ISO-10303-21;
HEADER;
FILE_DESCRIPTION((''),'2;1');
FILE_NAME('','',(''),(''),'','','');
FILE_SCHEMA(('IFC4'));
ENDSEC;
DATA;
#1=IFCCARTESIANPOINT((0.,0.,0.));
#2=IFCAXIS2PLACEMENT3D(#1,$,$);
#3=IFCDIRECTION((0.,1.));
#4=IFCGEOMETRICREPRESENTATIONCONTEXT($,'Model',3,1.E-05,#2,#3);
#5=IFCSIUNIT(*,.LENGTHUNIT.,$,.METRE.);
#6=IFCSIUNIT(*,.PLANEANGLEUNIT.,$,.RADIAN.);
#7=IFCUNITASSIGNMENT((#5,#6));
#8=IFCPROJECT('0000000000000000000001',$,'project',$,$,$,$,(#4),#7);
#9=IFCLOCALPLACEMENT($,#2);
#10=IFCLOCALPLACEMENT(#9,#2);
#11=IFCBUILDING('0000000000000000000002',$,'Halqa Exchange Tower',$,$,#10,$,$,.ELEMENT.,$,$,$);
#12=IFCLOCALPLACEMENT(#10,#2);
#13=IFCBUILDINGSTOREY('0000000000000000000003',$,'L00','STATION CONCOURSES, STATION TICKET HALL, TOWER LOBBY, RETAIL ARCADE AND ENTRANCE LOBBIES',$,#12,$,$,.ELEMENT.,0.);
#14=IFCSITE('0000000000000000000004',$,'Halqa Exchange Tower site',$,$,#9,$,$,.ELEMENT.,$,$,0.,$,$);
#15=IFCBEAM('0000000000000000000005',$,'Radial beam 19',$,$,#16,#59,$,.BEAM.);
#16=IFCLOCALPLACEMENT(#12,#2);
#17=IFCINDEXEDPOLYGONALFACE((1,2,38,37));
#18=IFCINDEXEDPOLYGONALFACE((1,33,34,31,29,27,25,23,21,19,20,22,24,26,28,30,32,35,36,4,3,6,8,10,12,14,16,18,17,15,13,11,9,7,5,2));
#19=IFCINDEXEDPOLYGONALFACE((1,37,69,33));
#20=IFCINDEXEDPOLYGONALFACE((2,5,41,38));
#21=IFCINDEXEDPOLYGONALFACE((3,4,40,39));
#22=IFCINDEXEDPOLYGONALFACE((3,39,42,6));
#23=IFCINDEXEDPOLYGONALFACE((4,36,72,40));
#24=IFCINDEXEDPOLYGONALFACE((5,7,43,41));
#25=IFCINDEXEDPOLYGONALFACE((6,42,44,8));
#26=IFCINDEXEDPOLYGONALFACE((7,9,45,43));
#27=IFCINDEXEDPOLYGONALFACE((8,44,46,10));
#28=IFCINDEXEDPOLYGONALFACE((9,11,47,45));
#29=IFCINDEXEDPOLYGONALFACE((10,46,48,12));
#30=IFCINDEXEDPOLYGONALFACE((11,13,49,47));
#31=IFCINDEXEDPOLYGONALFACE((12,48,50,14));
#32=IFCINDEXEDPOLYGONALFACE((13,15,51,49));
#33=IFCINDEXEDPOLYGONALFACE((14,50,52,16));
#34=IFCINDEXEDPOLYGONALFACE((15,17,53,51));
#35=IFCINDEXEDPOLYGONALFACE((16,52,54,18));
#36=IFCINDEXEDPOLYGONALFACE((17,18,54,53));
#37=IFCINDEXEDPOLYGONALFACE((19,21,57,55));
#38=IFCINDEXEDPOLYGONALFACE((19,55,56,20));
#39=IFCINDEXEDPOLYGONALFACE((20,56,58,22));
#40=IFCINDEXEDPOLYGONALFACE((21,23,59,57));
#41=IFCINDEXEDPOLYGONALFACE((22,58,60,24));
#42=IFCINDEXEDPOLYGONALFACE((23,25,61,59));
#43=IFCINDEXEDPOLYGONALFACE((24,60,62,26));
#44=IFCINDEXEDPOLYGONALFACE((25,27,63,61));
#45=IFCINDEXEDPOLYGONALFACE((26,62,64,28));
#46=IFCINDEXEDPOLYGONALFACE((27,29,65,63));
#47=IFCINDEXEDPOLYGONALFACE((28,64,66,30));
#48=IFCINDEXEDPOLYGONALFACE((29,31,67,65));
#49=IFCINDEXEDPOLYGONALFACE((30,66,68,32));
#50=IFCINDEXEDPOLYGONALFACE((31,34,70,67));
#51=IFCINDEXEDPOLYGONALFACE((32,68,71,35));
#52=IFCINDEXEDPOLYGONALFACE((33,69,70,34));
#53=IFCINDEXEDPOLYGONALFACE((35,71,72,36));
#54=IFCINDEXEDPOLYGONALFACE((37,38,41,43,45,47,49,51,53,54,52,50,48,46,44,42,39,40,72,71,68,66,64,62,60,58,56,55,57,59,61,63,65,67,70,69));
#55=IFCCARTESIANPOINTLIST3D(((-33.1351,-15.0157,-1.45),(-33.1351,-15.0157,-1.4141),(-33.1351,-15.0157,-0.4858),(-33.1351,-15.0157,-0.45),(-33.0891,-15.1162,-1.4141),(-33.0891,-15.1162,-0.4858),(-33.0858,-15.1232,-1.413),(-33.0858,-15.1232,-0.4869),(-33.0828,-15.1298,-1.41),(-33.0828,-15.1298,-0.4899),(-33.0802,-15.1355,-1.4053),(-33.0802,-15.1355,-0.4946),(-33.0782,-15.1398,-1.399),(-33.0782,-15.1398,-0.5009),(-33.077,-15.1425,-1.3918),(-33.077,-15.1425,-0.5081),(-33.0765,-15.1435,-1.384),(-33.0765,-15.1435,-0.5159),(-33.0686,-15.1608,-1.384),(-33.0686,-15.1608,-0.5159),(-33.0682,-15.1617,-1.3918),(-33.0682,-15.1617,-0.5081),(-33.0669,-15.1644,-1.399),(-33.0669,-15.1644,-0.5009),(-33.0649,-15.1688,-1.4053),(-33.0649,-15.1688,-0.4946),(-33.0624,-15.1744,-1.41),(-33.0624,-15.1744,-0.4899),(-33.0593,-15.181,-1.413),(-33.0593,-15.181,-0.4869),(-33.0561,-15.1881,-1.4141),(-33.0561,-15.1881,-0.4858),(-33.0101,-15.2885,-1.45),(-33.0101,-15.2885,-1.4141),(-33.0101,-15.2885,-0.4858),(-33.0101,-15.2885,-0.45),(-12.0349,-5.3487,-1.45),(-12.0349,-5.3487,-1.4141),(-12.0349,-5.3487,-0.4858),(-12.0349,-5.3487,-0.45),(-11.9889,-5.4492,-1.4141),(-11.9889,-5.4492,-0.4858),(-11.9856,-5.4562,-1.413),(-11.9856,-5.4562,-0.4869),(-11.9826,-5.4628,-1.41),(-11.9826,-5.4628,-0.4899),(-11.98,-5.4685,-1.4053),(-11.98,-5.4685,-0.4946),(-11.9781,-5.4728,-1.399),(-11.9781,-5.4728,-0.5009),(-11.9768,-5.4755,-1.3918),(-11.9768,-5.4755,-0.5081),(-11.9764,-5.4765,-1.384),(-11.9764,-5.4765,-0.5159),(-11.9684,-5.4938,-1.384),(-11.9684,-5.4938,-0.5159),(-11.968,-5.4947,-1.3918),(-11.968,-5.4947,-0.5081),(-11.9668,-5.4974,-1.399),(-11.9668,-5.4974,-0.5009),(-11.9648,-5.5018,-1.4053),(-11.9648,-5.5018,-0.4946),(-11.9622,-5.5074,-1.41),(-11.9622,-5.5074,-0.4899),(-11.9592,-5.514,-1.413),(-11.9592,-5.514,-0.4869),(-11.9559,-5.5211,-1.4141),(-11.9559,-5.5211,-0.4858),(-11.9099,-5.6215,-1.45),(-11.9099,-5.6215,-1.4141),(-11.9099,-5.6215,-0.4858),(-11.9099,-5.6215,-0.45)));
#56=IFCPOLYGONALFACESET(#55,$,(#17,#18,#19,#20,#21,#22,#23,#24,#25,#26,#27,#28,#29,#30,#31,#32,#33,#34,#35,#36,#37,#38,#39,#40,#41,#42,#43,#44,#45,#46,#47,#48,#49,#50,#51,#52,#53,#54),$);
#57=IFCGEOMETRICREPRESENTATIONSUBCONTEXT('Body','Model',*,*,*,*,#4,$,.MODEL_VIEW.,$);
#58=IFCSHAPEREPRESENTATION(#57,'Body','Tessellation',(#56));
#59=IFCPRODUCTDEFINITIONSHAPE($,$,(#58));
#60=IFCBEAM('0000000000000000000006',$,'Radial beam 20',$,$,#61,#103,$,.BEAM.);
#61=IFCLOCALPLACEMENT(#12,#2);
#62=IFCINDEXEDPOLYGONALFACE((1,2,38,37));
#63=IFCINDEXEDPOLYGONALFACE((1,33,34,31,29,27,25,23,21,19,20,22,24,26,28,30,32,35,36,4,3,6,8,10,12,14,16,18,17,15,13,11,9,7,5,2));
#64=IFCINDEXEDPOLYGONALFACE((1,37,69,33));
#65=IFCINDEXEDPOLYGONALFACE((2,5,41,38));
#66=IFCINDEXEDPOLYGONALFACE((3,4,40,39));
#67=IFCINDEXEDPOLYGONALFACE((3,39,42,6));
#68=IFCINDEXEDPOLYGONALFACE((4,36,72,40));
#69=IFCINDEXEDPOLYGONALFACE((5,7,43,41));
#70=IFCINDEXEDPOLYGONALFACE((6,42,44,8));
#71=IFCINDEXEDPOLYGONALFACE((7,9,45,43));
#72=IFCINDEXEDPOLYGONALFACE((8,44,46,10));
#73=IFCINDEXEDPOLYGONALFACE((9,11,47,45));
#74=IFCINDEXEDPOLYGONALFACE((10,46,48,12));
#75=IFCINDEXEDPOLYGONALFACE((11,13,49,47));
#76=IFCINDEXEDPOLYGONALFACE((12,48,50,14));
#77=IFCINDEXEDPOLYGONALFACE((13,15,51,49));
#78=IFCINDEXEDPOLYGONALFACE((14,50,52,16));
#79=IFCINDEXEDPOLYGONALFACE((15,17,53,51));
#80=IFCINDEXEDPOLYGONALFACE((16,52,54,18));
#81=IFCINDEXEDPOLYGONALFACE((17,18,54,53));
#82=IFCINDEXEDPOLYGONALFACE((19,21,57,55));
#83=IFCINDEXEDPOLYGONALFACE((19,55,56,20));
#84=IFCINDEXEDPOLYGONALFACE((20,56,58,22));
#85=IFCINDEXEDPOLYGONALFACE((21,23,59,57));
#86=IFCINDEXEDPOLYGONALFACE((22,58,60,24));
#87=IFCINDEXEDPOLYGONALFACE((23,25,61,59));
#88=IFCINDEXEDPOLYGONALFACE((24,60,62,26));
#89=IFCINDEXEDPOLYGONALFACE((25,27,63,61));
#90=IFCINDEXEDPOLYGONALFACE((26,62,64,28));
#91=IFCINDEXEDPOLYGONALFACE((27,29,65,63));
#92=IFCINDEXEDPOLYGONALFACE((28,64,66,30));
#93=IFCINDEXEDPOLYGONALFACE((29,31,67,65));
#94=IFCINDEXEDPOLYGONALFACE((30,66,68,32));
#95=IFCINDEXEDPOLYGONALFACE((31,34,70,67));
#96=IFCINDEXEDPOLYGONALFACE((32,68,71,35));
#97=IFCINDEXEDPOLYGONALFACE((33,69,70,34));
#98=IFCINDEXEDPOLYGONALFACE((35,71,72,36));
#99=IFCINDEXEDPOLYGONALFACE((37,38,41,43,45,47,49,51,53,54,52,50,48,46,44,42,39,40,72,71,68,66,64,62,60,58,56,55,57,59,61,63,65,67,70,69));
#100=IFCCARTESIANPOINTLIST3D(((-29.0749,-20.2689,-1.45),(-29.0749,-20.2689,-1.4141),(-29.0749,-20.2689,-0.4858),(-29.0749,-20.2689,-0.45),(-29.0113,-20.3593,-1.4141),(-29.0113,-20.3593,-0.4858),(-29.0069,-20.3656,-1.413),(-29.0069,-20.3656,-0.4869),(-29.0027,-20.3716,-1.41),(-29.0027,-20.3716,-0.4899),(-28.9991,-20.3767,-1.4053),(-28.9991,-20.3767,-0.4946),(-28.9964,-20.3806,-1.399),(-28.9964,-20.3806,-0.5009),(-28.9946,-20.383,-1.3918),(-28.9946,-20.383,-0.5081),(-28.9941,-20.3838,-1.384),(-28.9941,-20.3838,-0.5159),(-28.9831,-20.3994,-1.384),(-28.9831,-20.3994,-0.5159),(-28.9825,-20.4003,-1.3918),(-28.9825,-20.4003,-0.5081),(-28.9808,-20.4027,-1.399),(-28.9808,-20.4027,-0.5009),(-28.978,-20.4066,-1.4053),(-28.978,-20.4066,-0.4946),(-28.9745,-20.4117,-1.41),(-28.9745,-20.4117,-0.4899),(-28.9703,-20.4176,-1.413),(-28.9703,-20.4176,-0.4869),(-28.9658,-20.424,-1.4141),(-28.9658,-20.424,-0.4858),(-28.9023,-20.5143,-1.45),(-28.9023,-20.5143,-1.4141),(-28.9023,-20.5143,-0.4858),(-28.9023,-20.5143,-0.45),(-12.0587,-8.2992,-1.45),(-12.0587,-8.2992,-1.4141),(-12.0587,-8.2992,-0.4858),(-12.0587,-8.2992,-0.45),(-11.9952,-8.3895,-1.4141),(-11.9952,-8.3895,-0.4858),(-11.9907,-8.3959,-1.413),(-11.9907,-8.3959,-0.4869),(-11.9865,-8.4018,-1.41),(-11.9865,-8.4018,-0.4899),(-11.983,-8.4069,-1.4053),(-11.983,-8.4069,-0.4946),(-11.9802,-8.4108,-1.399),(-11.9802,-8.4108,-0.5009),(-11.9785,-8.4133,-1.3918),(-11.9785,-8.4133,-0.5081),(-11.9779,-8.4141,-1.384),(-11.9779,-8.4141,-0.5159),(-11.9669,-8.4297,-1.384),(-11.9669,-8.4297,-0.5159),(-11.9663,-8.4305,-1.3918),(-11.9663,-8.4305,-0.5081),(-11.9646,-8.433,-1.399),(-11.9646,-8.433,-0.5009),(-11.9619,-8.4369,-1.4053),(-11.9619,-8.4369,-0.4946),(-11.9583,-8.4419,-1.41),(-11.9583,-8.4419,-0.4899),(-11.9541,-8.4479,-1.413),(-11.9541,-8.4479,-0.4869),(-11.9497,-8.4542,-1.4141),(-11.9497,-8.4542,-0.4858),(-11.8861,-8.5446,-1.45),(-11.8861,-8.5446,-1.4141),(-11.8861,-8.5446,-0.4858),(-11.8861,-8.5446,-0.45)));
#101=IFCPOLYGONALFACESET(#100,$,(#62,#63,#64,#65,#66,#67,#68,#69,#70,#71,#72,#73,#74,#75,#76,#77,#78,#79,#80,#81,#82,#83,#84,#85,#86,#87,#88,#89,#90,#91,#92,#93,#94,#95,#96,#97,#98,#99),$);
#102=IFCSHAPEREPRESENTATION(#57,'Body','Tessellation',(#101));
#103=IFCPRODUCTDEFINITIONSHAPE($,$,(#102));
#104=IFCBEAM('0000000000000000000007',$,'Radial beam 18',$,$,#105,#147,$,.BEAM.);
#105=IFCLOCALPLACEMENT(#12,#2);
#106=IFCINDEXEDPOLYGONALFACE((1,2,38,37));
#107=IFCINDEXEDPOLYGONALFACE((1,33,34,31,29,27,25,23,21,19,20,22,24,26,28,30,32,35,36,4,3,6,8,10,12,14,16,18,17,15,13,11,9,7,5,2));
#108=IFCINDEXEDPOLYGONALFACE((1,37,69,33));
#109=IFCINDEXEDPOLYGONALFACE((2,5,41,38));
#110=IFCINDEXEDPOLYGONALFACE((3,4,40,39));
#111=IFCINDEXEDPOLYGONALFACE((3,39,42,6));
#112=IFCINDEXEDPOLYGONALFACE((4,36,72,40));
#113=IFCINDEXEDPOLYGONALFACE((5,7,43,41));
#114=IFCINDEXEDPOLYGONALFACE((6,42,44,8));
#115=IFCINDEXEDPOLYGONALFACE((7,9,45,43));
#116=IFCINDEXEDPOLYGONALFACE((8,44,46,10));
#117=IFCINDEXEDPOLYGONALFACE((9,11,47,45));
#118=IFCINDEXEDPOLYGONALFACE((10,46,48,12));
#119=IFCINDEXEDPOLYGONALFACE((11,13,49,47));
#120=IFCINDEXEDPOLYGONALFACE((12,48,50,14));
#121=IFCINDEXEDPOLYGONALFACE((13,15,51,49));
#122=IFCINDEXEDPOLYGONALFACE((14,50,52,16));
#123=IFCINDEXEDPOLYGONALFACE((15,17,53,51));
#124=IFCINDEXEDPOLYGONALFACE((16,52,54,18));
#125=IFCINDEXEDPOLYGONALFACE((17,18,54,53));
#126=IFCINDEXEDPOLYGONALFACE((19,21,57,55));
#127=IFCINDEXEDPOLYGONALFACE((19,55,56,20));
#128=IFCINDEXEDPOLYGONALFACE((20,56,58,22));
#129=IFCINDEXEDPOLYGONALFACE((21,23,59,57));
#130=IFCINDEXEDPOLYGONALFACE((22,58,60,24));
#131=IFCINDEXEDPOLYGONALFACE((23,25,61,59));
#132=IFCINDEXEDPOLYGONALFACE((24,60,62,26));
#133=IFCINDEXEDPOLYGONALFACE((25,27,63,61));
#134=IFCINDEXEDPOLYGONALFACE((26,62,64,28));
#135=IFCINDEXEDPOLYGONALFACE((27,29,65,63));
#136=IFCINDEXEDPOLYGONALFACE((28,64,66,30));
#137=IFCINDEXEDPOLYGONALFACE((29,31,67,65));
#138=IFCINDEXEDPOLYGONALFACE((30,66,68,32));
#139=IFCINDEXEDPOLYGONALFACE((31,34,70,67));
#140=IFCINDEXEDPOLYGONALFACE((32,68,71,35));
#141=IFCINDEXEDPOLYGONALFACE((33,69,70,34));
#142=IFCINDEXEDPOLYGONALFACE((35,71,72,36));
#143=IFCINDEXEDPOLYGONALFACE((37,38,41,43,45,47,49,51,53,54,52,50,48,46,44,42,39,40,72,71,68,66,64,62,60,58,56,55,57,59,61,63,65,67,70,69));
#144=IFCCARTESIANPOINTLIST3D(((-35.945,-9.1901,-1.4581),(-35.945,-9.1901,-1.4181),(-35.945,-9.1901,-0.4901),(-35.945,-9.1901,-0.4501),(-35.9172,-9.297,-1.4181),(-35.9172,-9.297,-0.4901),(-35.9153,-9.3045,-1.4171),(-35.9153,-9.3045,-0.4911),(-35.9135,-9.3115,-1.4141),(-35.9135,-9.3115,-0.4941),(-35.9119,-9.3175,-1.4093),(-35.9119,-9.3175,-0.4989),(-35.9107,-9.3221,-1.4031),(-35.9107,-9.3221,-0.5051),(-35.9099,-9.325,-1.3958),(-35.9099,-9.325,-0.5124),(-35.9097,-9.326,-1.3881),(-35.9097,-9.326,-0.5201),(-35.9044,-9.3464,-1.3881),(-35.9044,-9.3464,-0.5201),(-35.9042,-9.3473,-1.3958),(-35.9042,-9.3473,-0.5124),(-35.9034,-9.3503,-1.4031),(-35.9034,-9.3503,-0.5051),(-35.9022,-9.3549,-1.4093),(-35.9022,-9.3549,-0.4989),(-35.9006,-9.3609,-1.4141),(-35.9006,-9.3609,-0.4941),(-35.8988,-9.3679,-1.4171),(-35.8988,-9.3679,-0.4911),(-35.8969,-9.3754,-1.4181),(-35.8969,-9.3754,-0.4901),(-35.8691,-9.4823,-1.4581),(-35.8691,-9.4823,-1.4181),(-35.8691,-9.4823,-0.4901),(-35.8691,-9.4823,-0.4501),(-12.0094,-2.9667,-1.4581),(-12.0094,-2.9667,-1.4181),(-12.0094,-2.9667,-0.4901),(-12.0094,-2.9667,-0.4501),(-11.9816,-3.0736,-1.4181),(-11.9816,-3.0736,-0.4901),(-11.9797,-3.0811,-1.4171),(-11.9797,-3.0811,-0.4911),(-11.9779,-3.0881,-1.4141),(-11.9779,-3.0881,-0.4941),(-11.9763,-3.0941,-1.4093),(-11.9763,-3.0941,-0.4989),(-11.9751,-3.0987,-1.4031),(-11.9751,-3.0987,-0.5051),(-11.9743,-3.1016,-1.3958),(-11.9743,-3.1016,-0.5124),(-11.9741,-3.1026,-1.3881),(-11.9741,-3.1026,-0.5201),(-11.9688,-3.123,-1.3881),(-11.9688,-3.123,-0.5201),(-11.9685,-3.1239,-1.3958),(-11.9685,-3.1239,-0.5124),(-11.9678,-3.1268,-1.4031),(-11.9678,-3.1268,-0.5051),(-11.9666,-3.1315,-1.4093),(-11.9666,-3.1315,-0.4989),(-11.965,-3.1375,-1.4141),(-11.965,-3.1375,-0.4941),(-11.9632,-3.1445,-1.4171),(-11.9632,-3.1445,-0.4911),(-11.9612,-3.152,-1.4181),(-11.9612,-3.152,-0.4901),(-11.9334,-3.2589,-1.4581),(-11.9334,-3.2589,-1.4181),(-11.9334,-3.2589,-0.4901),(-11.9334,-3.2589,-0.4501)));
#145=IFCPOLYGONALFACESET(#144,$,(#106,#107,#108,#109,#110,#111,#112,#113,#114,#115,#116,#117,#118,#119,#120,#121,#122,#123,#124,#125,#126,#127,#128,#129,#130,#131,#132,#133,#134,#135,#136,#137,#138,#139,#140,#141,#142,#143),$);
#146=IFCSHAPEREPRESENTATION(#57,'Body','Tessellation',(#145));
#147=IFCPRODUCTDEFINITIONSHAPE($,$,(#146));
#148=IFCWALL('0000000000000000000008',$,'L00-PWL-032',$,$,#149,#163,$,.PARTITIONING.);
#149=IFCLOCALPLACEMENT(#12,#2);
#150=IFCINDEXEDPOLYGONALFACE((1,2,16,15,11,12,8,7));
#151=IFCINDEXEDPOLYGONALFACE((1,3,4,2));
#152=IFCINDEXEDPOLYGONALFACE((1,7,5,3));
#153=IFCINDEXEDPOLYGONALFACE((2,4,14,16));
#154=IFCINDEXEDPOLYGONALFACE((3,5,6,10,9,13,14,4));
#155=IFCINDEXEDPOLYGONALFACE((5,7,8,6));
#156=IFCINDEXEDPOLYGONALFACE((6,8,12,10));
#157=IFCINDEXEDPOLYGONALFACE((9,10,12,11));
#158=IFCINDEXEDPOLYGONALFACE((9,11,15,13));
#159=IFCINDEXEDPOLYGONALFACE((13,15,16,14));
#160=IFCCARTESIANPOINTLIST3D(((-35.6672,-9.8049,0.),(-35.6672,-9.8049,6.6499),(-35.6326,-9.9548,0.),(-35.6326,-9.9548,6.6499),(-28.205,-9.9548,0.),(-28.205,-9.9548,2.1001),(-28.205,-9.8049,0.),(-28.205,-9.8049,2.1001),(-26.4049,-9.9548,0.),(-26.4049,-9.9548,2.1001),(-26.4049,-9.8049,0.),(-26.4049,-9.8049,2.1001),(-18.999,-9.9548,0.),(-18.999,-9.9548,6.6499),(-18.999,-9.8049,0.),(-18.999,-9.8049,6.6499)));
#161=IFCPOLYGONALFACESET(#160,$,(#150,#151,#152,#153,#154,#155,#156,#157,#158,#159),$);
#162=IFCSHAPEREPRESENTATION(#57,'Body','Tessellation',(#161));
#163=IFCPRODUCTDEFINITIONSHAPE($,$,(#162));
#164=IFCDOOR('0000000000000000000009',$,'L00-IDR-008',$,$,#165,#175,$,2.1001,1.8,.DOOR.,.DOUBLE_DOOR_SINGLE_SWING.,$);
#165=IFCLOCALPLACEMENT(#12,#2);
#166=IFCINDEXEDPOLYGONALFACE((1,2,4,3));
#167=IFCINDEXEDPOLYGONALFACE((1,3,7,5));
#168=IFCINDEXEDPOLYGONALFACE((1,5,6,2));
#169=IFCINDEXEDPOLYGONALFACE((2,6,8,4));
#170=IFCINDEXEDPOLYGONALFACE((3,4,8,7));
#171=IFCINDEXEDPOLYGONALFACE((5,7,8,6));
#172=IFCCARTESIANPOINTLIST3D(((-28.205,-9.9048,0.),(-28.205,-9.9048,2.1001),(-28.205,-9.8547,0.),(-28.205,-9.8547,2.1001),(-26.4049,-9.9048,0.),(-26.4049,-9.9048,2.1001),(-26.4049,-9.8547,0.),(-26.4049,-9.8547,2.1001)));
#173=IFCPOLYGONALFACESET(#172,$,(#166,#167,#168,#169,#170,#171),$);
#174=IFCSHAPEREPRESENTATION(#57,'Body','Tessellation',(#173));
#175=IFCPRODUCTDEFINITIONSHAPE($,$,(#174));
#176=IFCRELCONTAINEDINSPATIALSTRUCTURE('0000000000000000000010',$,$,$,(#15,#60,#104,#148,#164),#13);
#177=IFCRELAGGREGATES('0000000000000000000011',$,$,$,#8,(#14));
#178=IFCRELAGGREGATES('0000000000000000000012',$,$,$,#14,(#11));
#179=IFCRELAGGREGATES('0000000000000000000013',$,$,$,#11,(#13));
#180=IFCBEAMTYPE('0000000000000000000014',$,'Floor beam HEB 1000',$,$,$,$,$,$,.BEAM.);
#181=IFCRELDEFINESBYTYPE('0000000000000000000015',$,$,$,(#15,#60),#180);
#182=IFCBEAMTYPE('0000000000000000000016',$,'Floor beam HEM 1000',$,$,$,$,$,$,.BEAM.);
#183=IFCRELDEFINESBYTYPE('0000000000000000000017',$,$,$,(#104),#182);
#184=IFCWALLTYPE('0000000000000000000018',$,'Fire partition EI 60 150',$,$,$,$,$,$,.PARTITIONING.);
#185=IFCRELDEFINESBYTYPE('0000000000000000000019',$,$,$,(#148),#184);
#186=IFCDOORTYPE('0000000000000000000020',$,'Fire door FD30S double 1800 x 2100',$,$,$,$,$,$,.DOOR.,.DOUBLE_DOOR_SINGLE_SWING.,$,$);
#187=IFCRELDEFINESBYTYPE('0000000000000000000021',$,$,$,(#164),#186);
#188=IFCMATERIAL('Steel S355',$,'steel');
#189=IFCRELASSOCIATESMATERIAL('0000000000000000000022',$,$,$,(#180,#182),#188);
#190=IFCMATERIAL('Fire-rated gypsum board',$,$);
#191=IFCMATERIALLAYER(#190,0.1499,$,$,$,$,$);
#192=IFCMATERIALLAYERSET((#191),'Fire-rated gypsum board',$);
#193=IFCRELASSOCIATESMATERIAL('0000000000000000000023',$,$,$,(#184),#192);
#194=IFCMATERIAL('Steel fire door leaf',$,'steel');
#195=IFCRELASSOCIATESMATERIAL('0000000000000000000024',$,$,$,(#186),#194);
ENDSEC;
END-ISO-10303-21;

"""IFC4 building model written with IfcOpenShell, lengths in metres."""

from ifc_helpers import new_model, si_unit, direction, frame, frame_2d, origin, origin_2d, place, context, subcontext, project, spatial, polyline, rectangle, i_section, outline, extrude, material, layer, layer_set, material_profile, profile_set, type_object, element, fill, save


model = new_model("IFC4")

# Units and contexts
model_context = context("Model", 3, precision=1e-05, world=origin(), true_north=direction((0.0, 1.0)))
body_context = subcontext(model_context, "Body", "Model", "MODEL_VIEW")
ifc_project = project(units=[si_unit("LENGTHUNIT", "METRE"), si_unit("PLANEANGLEUNIT", "RADIAN")], contexts=[model_context])

# Site, building, storey
site_placement = place(None, origin())
site = spatial("IfcSite", under=ifc_project, at=site_placement, Name="Halqa Exchange Tower site", CompositionType="ELEMENT", RefElevation=0.0)
building_placement = place(site_placement, origin())
building = spatial("IfcBuilding", under=site, at=building_placement, Name="Halqa Exchange Tower", CompositionType="ELEMENT")
storey_placement = place(building_placement, origin())
storey = spatial("IfcBuildingStorey", under=building, at=storey_placement, Name="L00", Description="STATION CONCOURSES, STATION TICKET HALL, TOWER LOBBY, RETAIL ARCADE AND ENTRANCE LOBBIES", CompositionType="ELEMENT", Elevation=0.0)

# Beams
ifc_material_1 = material(Name="Steel S355", Category="steel")
ifc_material_profile_1 = material_profile(ifc_material_1, i_section(OverallWidth=0.3, OverallDepth=1.0, WebThickness=0.019, FlangeThickness=0.0359, FilletRadius=0.03, at=origin_2d()), Name="HEB 1000")
ifc_profile_set_1 = profile_set([ifc_material_profile_1], Name="Steel S355")
beam_type_1 = type_object("IfcBeamType", Name="Floor beam HEB 1000", PredefinedType="BEAM", material=ifc_profile_set_1)
beam_1_placement = place(storey_placement, frame((-11.9724, -5.4851, -0.95), z_axis=(-0.909128, -0.416516, 0.0), x_axis=(0.416516, -0.909128, 0.0)))
element("IfcBeam", 1, at=beam_1_placement, inside=storey, type_object=beam_type_1, Name="Radial beam 19", PredefinedType="BEAM", context=body_context, shape_type="SweptSolid", body=[
    extrude(i_section(OverallWidth=0.3, OverallDepth=1.0, WebThickness=0.019, FlangeThickness=0.0359, FilletRadius=0.03, at=origin_2d()), origin(), (0.0, 0.0, 1.0), 23.2092),
])
beam_2_placement = place(storey_placement, frame((-11.9724, -8.4219, -0.95), z_axis=(-0.81791, -0.575346, 0.0), x_axis=(0.575346, -0.81791, 0.0)))
element("IfcBeam", 2, at=beam_2_placement, inside=storey, type_object=beam_type_1, Name="Radial beam 20", PredefinedType="BEAM", context=body_context, shape_type="SweptSolid", body=[
    extrude(i_section(OverallWidth=0.3, OverallDepth=1.0, WebThickness=0.019, FlangeThickness=0.0359, FilletRadius=0.03, at=origin_2d()), origin(), (0.0, 0.0, 1.0), 20.8044),
])
ifc_material_profile_2 = material_profile(ifc_material_1, i_section(OverallWidth=0.302, OverallDepth=1.0081, WebThickness=0.021, FlangeThickness=0.04, FilletRadius=0.03, at=origin_2d()), Name="HEM 1000")
ifc_profile_set_2 = profile_set([ifc_material_profile_2], Name="Steel S355")
beam_type_2 = type_object("IfcBeamType", Name="Floor beam HEM 1000", PredefinedType="BEAM", material=ifc_profile_set_2)
beam_3_placement = place(storey_placement, frame((-11.9714, -3.1128, -0.9541), z_axis=(-0.967821, -0.251639, 0.0), x_axis=(0.251639, -0.967821, 0.0)))
element("IfcBeam", 3, at=beam_3_placement, inside=storey, type_object=beam_type_2, Name="Radial beam 18", PredefinedType="BEAM", context=body_context, shape_type="SweptSolid", body=[
    extrude(i_section(OverallWidth=0.302, OverallDepth=1.0081, WebThickness=0.021, FlangeThickness=0.04, FilletRadius=0.03, at=origin_2d()), origin(), (0.0, 0.0, 1.0), 24.7314),
])

# Wall, opening, door
ifc_material_2 = material(Name="Fire-rated gypsum board")
ifc_layer_1 = layer(ifc_material_2, 0.1499)
ifc_layer_set_1 = layer_set([ifc_layer_1], Name="Fire-rated gypsum board")
wall_type_1 = type_object("IfcWallType", Name="Fire partition EI 60 150", PredefinedType="PARTITIONING", material=ifc_layer_set_1)
wall_1_placement = place(storey_placement, frame((-18.999, -9.8799, 0.0), z_axis=(0.0, 0.0, 1.0), x_axis=(-1.0, 0.0, 0.0)))
wall_1 = element("IfcWall", 4, at=wall_1_placement, inside=storey, type_object=wall_type_1, Name="L00-PWL-032", PredefinedType="PARTITIONING", context=body_context, shape_type="SweptSolid", body=[
    extrude(outline(polyline([(0.0, -0.075), (16.6682, -0.075), (16.6335, 0.075), (0.0, 0.075), (0.0, -0.075)])), origin(), (0.0, 0.0, 1.0), 6.6499),
])
opening_1_placement = place(wall_1_placement, frame((7.406, 0.0, 0.0)))
opening_1 = element("IfcOpeningElement", 5, at=opening_1_placement, cuts=wall_1, PredefinedType="OPENING", context=body_context, shape_type="SweptSolid", body=[
    extrude(rectangle(XDim=1.8, YDim=2.1001, at=frame_2d((0.8999, 1.05))), frame((0.0, 0.0869, 0.0), z_axis=(0.0, -1.0, 0.0), x_axis=(1.0, 0.0, 0.0)), (0.0, 0.0, 1.0), 0.1738),
])
ifc_material_3 = material(Name="Steel fire door leaf", Category="steel")
door_type_1 = type_object("IfcDoorType", Name="Fire door FD30S double 1800 x 2100", OperationType="DOUBLE_DOOR_SINGLE_SWING", PredefinedType="DOOR", material=ifc_material_3)
door_1_placement = place(opening_1_placement, origin())
door_1 = element("IfcDoor", 6, at=door_1_placement, inside=storey, type_object=door_type_1, Name="L00-IDR-008", OperationType="DOUBLE_DOOR_SINGLE_SWING", OverallHeight=2.1001, OverallWidth=1.8, PredefinedType="DOOR", context=body_context, shape_type="SweptSolid", body=[
    extrude(rectangle(XDim=1.8, YDim=2.1001, at=frame_2d((0.8999, 1.05))), frame((0.0, 0.0249, 0.0), z_axis=(0.0, -1.0, 0.0), x_axis=(1.0, 0.0, 0.0)), (0.0, 0.0, 1.0), 0.05),
])
fill(opening_1, door_1)

save(model, "model.ifc")
